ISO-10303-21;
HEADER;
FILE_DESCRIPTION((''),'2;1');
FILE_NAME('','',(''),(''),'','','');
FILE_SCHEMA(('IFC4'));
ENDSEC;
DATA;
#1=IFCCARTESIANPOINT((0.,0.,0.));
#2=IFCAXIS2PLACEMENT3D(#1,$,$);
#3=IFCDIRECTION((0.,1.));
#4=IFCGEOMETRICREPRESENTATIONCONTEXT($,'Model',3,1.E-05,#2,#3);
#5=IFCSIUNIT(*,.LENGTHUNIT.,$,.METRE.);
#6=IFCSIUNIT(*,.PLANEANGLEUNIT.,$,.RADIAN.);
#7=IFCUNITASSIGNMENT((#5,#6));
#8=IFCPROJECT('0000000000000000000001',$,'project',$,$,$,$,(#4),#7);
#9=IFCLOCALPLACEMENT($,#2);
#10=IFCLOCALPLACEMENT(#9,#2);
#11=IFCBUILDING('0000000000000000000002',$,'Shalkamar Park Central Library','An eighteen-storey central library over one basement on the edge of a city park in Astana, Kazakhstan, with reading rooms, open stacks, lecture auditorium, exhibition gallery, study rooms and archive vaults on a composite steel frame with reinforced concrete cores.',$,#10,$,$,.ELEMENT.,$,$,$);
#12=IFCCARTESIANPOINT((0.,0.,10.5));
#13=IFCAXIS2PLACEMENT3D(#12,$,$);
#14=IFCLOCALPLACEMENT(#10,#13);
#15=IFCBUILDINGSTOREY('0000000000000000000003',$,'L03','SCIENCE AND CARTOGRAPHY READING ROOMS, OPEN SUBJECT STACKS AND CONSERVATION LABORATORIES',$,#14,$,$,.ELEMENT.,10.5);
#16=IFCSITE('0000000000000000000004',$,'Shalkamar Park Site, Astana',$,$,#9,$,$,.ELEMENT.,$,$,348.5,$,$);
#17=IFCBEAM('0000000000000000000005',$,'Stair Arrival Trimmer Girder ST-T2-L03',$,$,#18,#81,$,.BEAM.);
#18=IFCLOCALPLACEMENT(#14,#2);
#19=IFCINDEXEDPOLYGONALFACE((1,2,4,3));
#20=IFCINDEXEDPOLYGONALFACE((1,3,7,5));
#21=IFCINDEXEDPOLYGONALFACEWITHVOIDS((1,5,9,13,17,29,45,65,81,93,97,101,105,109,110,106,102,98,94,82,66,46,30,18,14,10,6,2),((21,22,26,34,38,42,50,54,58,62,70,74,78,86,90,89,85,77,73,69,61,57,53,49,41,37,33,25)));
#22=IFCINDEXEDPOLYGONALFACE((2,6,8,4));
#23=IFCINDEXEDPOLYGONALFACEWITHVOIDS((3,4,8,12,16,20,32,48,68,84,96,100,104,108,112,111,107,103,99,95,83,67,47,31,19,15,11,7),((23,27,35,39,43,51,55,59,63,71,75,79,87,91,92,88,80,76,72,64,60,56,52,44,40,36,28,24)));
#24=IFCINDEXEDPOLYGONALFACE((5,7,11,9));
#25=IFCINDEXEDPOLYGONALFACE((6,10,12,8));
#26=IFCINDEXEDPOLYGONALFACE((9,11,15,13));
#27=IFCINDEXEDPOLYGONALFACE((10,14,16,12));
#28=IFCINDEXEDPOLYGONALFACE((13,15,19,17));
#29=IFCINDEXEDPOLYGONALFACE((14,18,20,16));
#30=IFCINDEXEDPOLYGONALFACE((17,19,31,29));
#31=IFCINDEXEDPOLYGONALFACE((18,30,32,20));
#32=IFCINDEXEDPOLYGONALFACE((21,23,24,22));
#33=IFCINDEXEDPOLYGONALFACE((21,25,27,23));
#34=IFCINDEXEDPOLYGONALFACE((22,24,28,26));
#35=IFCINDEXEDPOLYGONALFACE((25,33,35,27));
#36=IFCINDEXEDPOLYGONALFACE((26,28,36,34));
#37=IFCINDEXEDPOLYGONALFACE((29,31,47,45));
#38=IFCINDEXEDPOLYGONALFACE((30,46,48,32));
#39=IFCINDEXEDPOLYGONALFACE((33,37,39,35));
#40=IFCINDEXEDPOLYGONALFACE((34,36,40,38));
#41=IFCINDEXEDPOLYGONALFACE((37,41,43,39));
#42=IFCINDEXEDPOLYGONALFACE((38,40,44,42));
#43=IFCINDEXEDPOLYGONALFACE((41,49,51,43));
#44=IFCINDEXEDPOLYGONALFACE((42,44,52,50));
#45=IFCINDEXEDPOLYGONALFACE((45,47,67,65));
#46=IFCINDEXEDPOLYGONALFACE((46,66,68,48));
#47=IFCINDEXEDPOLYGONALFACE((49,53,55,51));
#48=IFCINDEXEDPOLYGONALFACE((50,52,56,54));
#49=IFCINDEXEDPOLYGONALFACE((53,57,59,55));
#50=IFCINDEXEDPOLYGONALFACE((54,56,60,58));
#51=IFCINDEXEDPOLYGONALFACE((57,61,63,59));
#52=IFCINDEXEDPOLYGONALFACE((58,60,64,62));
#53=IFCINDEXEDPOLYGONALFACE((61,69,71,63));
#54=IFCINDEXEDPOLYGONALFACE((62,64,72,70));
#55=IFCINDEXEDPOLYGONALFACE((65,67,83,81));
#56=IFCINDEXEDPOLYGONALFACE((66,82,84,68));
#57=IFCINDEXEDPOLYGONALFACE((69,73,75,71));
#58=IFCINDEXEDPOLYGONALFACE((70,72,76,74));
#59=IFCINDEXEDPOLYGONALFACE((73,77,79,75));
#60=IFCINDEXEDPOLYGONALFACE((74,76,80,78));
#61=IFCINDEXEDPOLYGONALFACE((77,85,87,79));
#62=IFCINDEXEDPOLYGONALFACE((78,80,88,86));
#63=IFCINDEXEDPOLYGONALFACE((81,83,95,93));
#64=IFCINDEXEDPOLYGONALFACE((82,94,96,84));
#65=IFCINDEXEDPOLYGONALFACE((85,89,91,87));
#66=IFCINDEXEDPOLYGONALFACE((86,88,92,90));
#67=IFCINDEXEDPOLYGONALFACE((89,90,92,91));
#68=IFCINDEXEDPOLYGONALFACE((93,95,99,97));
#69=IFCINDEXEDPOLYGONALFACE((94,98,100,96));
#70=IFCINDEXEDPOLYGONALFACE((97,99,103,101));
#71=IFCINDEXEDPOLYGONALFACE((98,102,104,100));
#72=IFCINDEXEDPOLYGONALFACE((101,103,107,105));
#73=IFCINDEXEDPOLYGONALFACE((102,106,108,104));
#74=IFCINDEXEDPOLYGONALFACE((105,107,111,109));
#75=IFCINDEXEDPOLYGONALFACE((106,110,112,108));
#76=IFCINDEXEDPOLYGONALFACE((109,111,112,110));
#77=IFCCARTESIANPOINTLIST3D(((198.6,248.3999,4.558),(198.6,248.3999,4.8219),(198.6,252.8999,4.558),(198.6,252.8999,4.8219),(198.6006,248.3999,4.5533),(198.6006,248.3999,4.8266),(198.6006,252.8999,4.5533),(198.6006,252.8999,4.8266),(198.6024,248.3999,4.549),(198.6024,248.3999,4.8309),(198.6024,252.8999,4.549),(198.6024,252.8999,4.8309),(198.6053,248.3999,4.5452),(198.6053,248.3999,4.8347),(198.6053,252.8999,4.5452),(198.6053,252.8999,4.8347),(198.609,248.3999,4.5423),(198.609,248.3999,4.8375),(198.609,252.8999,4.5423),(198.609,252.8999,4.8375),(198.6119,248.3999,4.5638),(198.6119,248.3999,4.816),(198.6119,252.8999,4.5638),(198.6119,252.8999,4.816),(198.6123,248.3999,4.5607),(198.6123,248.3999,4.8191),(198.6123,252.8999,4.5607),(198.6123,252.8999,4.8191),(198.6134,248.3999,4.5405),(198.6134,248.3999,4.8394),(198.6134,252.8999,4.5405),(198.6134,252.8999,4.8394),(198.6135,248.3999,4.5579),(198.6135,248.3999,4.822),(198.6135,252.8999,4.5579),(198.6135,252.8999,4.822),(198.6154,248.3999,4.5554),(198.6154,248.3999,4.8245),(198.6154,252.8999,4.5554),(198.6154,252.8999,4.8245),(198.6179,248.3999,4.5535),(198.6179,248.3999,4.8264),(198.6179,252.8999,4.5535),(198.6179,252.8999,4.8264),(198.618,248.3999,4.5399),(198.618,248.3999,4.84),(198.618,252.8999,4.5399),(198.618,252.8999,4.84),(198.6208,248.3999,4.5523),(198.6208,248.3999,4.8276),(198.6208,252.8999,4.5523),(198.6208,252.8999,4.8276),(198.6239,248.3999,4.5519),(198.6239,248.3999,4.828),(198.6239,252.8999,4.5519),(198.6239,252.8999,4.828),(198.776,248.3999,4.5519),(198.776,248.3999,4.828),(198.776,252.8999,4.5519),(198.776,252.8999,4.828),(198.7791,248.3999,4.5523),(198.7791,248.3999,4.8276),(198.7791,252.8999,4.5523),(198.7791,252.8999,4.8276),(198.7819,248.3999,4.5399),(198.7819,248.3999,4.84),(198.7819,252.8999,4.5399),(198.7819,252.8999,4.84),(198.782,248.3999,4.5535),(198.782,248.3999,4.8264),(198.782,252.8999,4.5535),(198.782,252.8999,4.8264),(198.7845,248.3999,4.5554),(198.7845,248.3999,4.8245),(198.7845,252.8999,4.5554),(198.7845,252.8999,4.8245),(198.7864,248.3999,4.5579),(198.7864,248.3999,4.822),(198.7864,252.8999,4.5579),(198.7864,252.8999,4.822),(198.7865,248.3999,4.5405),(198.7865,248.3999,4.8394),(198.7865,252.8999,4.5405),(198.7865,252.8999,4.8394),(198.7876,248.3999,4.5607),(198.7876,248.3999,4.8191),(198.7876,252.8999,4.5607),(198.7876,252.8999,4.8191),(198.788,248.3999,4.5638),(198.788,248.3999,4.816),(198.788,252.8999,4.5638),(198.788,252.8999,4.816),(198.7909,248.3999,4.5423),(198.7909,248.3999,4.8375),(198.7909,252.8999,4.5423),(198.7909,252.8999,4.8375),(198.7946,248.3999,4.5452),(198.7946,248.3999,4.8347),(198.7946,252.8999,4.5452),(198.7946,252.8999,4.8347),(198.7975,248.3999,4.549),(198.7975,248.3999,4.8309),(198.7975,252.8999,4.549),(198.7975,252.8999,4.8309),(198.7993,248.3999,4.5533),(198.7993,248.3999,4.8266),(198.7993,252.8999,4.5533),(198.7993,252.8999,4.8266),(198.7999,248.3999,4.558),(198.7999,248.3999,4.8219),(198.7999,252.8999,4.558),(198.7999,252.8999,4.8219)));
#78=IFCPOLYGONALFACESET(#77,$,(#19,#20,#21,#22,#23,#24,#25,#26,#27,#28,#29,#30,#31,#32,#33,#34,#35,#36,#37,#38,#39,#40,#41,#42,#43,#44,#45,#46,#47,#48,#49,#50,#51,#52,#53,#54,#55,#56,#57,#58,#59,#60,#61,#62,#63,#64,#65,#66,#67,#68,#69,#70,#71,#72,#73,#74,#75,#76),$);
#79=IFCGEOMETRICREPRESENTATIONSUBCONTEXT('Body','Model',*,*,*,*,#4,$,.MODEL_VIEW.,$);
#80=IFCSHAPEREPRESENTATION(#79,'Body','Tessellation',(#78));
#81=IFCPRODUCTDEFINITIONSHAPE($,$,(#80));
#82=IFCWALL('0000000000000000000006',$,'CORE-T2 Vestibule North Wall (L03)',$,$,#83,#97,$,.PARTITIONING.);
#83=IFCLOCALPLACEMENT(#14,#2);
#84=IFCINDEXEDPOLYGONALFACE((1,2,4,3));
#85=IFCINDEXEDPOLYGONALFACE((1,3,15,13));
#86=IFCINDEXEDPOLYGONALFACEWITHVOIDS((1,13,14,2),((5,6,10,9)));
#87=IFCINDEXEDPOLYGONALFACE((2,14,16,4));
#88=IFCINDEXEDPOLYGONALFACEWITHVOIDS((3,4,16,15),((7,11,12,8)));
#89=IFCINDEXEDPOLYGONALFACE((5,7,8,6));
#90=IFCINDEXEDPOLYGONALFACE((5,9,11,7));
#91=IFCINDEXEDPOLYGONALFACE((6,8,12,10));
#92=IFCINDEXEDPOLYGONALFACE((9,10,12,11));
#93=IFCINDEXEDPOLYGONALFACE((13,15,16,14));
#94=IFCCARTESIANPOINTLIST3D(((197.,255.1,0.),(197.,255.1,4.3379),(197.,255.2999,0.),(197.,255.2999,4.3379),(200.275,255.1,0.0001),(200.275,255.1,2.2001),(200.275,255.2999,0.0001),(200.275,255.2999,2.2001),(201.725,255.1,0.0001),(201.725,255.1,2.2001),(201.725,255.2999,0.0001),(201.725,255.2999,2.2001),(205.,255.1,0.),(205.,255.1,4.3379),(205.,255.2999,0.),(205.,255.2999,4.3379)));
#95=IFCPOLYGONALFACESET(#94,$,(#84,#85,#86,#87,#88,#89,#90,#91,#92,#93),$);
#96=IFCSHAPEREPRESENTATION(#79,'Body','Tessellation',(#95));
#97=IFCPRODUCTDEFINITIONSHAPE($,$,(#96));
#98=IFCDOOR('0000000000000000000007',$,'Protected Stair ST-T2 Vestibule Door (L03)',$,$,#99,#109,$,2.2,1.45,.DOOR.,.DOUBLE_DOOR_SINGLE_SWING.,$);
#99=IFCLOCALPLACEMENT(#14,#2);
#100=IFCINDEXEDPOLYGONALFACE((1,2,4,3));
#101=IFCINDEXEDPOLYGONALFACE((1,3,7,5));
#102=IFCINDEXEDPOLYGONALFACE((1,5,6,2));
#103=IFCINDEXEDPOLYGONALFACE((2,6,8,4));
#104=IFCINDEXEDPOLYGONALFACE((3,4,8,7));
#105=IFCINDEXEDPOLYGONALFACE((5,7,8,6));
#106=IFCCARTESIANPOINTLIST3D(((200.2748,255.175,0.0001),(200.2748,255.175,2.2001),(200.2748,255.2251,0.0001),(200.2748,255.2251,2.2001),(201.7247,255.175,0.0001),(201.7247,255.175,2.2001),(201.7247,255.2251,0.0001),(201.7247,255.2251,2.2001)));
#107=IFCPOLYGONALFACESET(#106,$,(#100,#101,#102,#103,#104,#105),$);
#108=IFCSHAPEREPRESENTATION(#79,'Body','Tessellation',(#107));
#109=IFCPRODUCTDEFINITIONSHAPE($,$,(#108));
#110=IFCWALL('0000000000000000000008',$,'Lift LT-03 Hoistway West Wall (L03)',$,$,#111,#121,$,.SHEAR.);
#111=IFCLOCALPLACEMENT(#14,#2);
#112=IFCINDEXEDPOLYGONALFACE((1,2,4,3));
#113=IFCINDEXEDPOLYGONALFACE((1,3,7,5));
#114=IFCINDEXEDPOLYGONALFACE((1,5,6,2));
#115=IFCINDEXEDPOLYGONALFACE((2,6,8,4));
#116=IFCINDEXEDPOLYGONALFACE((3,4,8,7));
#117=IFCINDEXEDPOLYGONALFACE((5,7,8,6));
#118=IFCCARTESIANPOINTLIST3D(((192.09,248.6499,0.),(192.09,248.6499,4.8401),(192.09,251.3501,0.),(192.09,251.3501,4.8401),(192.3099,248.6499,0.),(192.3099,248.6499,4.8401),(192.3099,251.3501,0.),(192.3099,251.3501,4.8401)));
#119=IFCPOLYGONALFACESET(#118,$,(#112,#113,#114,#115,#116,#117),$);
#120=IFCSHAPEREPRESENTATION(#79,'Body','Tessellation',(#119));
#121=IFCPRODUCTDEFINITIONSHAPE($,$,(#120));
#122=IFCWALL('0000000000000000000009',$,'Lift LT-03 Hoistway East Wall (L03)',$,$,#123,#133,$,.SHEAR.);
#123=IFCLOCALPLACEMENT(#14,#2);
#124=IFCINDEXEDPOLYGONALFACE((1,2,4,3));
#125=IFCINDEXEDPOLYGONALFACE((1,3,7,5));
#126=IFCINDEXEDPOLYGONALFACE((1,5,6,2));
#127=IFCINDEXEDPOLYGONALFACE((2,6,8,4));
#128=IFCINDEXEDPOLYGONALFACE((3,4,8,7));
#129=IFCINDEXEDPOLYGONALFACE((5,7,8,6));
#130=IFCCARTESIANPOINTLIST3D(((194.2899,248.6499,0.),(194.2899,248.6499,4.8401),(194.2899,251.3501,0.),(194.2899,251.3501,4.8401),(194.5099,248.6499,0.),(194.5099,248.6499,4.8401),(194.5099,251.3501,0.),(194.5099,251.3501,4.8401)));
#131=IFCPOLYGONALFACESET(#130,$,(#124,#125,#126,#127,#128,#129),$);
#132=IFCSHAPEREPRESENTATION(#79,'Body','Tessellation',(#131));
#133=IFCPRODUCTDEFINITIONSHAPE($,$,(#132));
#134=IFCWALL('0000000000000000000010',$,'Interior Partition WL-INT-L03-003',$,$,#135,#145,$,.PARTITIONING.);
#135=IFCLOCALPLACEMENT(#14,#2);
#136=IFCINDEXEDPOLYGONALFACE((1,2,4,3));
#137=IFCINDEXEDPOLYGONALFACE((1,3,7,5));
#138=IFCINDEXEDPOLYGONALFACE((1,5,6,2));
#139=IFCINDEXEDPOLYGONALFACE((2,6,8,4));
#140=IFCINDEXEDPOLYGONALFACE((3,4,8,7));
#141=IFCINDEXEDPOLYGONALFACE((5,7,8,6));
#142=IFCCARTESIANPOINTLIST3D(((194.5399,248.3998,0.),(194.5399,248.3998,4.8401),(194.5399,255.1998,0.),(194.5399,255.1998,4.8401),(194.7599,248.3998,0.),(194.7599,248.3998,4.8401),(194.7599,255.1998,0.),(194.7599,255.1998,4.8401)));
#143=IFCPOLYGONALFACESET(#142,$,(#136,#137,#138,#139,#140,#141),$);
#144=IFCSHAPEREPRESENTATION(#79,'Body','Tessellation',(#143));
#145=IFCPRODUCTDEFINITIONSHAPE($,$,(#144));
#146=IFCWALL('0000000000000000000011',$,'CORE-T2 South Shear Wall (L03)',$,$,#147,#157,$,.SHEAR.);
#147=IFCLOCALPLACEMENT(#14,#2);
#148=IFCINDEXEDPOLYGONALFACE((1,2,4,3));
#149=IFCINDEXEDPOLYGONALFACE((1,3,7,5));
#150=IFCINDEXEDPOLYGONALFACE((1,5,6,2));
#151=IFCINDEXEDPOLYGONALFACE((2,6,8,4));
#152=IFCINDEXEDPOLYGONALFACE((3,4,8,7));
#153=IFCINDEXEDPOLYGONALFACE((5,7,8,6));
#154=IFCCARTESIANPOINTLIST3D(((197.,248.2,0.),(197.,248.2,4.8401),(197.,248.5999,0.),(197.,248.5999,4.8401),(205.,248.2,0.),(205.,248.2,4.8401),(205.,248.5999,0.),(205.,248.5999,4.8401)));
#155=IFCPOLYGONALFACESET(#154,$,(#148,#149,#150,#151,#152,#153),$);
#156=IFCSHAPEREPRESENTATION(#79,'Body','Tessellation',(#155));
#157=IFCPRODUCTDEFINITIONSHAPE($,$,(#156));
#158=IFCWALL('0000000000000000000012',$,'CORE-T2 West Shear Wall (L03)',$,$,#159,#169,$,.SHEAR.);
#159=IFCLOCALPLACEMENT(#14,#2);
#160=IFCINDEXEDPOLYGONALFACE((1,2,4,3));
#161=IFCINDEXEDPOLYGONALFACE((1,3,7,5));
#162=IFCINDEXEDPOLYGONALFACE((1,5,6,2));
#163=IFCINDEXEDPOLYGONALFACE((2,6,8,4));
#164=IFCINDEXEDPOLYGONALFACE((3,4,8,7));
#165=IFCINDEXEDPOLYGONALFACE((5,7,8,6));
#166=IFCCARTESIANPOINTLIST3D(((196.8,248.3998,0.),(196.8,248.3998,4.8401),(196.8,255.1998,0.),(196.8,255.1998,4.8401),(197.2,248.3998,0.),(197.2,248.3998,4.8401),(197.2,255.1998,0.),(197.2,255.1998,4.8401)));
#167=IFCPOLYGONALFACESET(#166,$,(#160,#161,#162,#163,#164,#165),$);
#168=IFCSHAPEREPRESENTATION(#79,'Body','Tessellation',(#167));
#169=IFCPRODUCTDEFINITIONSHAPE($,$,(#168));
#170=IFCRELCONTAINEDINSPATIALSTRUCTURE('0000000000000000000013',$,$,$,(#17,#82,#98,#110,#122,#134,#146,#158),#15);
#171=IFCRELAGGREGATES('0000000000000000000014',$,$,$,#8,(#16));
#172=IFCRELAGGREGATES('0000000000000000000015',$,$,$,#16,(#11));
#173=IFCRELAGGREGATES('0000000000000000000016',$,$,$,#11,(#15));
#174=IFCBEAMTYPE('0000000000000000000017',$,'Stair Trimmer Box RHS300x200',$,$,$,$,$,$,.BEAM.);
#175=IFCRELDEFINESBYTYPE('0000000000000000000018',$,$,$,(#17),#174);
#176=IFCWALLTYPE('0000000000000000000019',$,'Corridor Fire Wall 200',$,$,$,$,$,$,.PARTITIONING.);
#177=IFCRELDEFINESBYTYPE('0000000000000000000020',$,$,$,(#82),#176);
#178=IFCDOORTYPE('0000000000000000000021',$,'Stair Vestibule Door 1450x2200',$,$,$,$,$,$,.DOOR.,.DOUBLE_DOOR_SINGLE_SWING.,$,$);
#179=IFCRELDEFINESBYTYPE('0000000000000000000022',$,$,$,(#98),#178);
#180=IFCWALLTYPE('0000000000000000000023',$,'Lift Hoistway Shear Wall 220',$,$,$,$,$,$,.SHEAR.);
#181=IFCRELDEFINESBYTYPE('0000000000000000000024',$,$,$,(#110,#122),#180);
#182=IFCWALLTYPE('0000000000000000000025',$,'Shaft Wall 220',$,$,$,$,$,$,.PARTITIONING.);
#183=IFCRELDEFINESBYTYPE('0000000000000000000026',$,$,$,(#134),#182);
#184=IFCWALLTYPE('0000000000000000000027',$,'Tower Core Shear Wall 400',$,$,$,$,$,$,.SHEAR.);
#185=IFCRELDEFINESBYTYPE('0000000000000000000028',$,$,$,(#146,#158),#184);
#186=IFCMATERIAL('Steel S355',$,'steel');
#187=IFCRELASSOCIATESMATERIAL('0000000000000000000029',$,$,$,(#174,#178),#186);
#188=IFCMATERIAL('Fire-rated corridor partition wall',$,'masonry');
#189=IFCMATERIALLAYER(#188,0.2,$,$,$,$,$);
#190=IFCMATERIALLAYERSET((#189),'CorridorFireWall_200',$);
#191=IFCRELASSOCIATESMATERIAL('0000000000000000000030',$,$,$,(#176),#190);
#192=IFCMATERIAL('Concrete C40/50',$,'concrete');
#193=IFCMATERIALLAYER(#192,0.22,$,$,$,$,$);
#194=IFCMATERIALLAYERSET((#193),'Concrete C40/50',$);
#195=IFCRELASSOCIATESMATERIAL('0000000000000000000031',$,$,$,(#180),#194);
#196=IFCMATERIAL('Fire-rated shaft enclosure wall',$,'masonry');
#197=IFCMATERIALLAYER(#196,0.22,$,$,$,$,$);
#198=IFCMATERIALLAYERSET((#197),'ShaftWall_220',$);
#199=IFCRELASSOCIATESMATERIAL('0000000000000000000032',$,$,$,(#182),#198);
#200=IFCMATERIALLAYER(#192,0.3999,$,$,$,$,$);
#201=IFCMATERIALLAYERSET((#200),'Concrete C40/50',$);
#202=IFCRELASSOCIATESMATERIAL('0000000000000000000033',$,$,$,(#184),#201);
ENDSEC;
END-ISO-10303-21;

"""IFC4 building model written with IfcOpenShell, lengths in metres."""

from ifc_helpers import new_model, si_unit, direction, frame, frame_2d, origin, origin_2d, place, context, subcontext, project, spatial, rectangle, hollow_rectangle, extrude, material, layer, layer_set, material_profile, profile_set, type_object, element, fill, save


model = new_model("IFC4")

# Units and contexts
model_context = context("Model", 3, precision=1e-05, world=origin(), true_north=direction((0.0, 1.0)))
body_context = subcontext(model_context, "Body", "Model", "MODEL_VIEW")
ifc_project = project(units=[si_unit("LENGTHUNIT", "METRE"), si_unit("PLANEANGLEUNIT", "RADIAN")], contexts=[model_context])

# Site, building, storey
site_placement = place(None, origin())
site = spatial("IfcSite", under=ifc_project, at=site_placement, Name="Shalkamar Park Site, Astana", CompositionType="ELEMENT", RefElevation=348.5)
building_placement = place(site_placement, origin())
building = spatial("IfcBuilding", under=site, at=building_placement, Name="Shalkamar Park Central Library", Description="An eighteen-storey central library over one basement on the edge of a city park in Astana, Kazakhstan, with reading rooms, open stacks, lecture auditorium, exhibition gallery, study rooms and archive vaults on a composite steel frame with reinforced concrete cores.", CompositionType="ELEMENT")
storey_placement = place(building_placement, frame((0.0, 0.0, 10.5)))
storey = spatial("IfcBuildingStorey", under=building, at=storey_placement, Name="L03", Description="SCIENCE AND CARTOGRAPHY READING ROOMS, OPEN SUBJECT STACKS AND CONSERVATION LABORATORIES", CompositionType="ELEMENT", Elevation=10.5)

# Shared definitions
ifc_material_1 = material(Name="Steel S355", Category="steel")

# Beam
ifc_material_profile_1 = material_profile(ifc_material_1, hollow_rectangle(XDim=0.2, YDim=0.3, WallThickness=0.012, InnerFilletRadius=0.012, OuterFilletRadius=0.0181, at=origin_2d()), Name="RHS 300x200x12")
ifc_profile_set_1 = profile_set([ifc_material_profile_1], Name="Steel S355")
beam_type_1 = type_object("IfcBeamType", Name="Stair Trimmer Box RHS300x200", PredefinedType="BEAM", material=ifc_profile_set_1)
beam_1_placement = place(storey_placement, frame((198.7, 248.3999, 4.6899), z_axis=(0.0, 1.0, 0.0), x_axis=(-1.0, 0.0, 0.0)))
element("IfcBeam", 1, at=beam_1_placement, inside=storey, type_object=beam_type_1, Name="Stair Arrival Trimmer Girder ST-T2-L03", PredefinedType="BEAM", context=body_context, shape_type="SweptSolid", body=[
    extrude(hollow_rectangle(XDim=0.2, YDim=0.3, WallThickness=0.012, InnerFilletRadius=0.012, OuterFilletRadius=0.0181, at=origin_2d()), origin(), (0.0, 0.0, 1.0), 4.5),
])

# Wall, opening, door
ifc_material_2 = material(Name="Fire-rated corridor partition wall", Category="masonry")
ifc_layer_1 = layer(ifc_material_2, 0.2)
ifc_layer_set_1 = layer_set([ifc_layer_1], Name="CorridorFireWall_200")
wall_type_1 = type_object("IfcWallType", Name="Corridor Fire Wall 200", PredefinedType="PARTITIONING", material=ifc_layer_set_1)
wall_1_placement = place(storey_placement, frame((197.0, 255.2, 0.0), z_axis=(0.0, 0.0, 1.0), x_axis=(1.0, 0.0, 0.0)))
wall_1 = element("IfcWall", 2, at=wall_1_placement, inside=storey, type_object=wall_type_1, Name="CORE-T2 Vestibule North Wall (L03)", PredefinedType="PARTITIONING", context=body_context, shape_type="SweptSolid", body=[
    extrude(rectangle(XDim=8.0, YDim=0.2, at=frame_2d((4.0, 0.0))), origin(), (0.0, 0.0, 1.0), 4.3379),
])
opening_1_placement = place(wall_1_placement, frame((3.2749, 0.0, 0.0)))
opening_1 = element("IfcOpeningElement", 3, at=opening_1_placement, cuts=wall_1, PredefinedType="OPENING", context=body_context, shape_type="SweptSolid", body=[
    extrude(rectangle(XDim=1.45, YDim=2.2, at=frame_2d((0.7251, 1.1001))), frame((0.0, 0.1147, 0.0), z_axis=(0.0, -1.0, 0.0), x_axis=(1.0, 0.0, 0.0)), (0.0, 0.0, 1.0), 0.2297),
])
door_type_1 = type_object("IfcDoorType", Name="Stair Vestibule Door 1450x2200", OperationType="DOUBLE_DOOR_SINGLE_SWING", PredefinedType="DOOR", material=ifc_material_1)
door_1_placement = place(opening_1_placement, frame((1.45, 0.0, 0.0), z_axis=(0.0, 0.0, 1.0), x_axis=(-1.0, 0.0, 0.0)))
door_1 = element("IfcDoor", 4, at=door_1_placement, inside=storey, type_object=door_type_1, Name="Protected Stair ST-T2 Vestibule Door (L03)", OperationType="DOUBLE_DOOR_SINGLE_SWING", OverallHeight=2.2, OverallWidth=1.45, PredefinedType="DOOR", context=body_context, shape_type="SweptSolid", body=[
    extrude(rectangle(XDim=1.45, YDim=2.2, at=frame_2d((0.7251, 1.1001))), frame((0.0, 0.0249, 0.0), z_axis=(0.0, -1.0, 0.0), x_axis=(1.0, 0.0, 0.0)), (0.0, 0.0, 1.0), 0.05),
])
fill(opening_1, door_1)

# Walls
ifc_material_3 = material(Name="Concrete C40/50", Category="concrete")
ifc_layer_2 = layer(ifc_material_3, 0.22)
ifc_layer_set_2 = layer_set([ifc_layer_2], Name="Concrete C40/50")
wall_type_2 = type_object("IfcWallType", Name="Lift Hoistway Shear Wall 220", PredefinedType="SHEAR", material=ifc_layer_set_2)
for number, where, z_axis, x_axis, name in (
    (5, (192.2, 248.6499, 0.0), (0.0, 0.0, 1.0), (0.0, 1.0, 0.0), "Lift LT-03 Hoistway West Wall (L03)"),
    (6, (194.3999, 248.6499, 0.0), (0.0, 0.0, 1.0), (0.0, 1.0, 0.0), "Lift LT-03 Hoistway East Wall (L03)"),
):
    element("IfcWall", number, at=place(storey_placement, frame(where, z_axis=z_axis, x_axis=x_axis)), inside=storey, type_object=wall_type_2, Name=name, PredefinedType="SHEAR", context=body_context, shape_type="SweptSolid", body=[
        extrude(rectangle(XDim=2.7002, YDim=0.22, at=frame_2d((1.3501, 0.0))), origin(), (0.0, 0.0, 1.0), 4.8401),
    ])

# Walls
ifc_material_4 = material(Name="Fire-rated shaft enclosure wall", Category="masonry")
ifc_layer_3 = layer(ifc_material_4, 0.22)
ifc_layer_set_3 = layer_set([ifc_layer_3], Name="ShaftWall_220")
wall_type_3 = type_object("IfcWallType", Name="Shaft Wall 220", PredefinedType="PARTITIONING", material=ifc_layer_set_3)
wall_2_placement = place(storey_placement, frame((194.6499, 248.3999, 0.0), z_axis=(0.0, 0.0, 1.0), x_axis=(0.0, 1.0, 0.0)))
element("IfcWall", 7, at=wall_2_placement, inside=storey, type_object=wall_type_3, Name="Interior Partition WL-INT-L03-003", PredefinedType="PARTITIONING", context=body_context, shape_type="SweptSolid", body=[
    extrude(rectangle(XDim=6.8, YDim=0.22, at=frame_2d((3.3999, 0.0))), origin(), (0.0, 0.0, 1.0), 4.8401),
])
ifc_layer_4 = layer(ifc_material_3, 0.3999)
ifc_layer_set_4 = layer_set([ifc_layer_4], Name="Concrete C40/50")
wall_type_4 = type_object("IfcWallType", Name="Tower Core Shear Wall 400", PredefinedType="SHEAR", material=ifc_layer_set_4)
wall_3_placement = place(storey_placement, frame((197.0, 248.3999, 0.0), z_axis=(0.0, 0.0, 1.0), x_axis=(1.0, 0.0, 0.0)))
element("IfcWall", 8, at=wall_3_placement, inside=storey, type_object=wall_type_4, Name="CORE-T2 South Shear Wall (L03)", PredefinedType="SHEAR", context=body_context, shape_type="SweptSolid", body=[
    extrude(rectangle(XDim=8.0, YDim=0.3999, at=frame_2d((4.0, 0.0))), origin(), (0.0, 0.0, 1.0), 4.8401),
])
wall_4_placement = place(storey_placement, frame((197.0, 248.3999, 0.0), z_axis=(0.0, 0.0, 1.0), x_axis=(0.0, 1.0, 0.0)))
element("IfcWall", 9, at=wall_4_placement, inside=storey, type_object=wall_type_4, Name="CORE-T2 West Shear Wall (L03)", PredefinedType="SHEAR", context=body_context, shape_type="SweptSolid", body=[
    extrude(rectangle(XDim=6.8, YDim=0.3999, at=frame_2d((3.3999, 0.0))), origin(), (0.0, 0.0, 1.0), 4.8401),
])

save(model, "model.ifc")
